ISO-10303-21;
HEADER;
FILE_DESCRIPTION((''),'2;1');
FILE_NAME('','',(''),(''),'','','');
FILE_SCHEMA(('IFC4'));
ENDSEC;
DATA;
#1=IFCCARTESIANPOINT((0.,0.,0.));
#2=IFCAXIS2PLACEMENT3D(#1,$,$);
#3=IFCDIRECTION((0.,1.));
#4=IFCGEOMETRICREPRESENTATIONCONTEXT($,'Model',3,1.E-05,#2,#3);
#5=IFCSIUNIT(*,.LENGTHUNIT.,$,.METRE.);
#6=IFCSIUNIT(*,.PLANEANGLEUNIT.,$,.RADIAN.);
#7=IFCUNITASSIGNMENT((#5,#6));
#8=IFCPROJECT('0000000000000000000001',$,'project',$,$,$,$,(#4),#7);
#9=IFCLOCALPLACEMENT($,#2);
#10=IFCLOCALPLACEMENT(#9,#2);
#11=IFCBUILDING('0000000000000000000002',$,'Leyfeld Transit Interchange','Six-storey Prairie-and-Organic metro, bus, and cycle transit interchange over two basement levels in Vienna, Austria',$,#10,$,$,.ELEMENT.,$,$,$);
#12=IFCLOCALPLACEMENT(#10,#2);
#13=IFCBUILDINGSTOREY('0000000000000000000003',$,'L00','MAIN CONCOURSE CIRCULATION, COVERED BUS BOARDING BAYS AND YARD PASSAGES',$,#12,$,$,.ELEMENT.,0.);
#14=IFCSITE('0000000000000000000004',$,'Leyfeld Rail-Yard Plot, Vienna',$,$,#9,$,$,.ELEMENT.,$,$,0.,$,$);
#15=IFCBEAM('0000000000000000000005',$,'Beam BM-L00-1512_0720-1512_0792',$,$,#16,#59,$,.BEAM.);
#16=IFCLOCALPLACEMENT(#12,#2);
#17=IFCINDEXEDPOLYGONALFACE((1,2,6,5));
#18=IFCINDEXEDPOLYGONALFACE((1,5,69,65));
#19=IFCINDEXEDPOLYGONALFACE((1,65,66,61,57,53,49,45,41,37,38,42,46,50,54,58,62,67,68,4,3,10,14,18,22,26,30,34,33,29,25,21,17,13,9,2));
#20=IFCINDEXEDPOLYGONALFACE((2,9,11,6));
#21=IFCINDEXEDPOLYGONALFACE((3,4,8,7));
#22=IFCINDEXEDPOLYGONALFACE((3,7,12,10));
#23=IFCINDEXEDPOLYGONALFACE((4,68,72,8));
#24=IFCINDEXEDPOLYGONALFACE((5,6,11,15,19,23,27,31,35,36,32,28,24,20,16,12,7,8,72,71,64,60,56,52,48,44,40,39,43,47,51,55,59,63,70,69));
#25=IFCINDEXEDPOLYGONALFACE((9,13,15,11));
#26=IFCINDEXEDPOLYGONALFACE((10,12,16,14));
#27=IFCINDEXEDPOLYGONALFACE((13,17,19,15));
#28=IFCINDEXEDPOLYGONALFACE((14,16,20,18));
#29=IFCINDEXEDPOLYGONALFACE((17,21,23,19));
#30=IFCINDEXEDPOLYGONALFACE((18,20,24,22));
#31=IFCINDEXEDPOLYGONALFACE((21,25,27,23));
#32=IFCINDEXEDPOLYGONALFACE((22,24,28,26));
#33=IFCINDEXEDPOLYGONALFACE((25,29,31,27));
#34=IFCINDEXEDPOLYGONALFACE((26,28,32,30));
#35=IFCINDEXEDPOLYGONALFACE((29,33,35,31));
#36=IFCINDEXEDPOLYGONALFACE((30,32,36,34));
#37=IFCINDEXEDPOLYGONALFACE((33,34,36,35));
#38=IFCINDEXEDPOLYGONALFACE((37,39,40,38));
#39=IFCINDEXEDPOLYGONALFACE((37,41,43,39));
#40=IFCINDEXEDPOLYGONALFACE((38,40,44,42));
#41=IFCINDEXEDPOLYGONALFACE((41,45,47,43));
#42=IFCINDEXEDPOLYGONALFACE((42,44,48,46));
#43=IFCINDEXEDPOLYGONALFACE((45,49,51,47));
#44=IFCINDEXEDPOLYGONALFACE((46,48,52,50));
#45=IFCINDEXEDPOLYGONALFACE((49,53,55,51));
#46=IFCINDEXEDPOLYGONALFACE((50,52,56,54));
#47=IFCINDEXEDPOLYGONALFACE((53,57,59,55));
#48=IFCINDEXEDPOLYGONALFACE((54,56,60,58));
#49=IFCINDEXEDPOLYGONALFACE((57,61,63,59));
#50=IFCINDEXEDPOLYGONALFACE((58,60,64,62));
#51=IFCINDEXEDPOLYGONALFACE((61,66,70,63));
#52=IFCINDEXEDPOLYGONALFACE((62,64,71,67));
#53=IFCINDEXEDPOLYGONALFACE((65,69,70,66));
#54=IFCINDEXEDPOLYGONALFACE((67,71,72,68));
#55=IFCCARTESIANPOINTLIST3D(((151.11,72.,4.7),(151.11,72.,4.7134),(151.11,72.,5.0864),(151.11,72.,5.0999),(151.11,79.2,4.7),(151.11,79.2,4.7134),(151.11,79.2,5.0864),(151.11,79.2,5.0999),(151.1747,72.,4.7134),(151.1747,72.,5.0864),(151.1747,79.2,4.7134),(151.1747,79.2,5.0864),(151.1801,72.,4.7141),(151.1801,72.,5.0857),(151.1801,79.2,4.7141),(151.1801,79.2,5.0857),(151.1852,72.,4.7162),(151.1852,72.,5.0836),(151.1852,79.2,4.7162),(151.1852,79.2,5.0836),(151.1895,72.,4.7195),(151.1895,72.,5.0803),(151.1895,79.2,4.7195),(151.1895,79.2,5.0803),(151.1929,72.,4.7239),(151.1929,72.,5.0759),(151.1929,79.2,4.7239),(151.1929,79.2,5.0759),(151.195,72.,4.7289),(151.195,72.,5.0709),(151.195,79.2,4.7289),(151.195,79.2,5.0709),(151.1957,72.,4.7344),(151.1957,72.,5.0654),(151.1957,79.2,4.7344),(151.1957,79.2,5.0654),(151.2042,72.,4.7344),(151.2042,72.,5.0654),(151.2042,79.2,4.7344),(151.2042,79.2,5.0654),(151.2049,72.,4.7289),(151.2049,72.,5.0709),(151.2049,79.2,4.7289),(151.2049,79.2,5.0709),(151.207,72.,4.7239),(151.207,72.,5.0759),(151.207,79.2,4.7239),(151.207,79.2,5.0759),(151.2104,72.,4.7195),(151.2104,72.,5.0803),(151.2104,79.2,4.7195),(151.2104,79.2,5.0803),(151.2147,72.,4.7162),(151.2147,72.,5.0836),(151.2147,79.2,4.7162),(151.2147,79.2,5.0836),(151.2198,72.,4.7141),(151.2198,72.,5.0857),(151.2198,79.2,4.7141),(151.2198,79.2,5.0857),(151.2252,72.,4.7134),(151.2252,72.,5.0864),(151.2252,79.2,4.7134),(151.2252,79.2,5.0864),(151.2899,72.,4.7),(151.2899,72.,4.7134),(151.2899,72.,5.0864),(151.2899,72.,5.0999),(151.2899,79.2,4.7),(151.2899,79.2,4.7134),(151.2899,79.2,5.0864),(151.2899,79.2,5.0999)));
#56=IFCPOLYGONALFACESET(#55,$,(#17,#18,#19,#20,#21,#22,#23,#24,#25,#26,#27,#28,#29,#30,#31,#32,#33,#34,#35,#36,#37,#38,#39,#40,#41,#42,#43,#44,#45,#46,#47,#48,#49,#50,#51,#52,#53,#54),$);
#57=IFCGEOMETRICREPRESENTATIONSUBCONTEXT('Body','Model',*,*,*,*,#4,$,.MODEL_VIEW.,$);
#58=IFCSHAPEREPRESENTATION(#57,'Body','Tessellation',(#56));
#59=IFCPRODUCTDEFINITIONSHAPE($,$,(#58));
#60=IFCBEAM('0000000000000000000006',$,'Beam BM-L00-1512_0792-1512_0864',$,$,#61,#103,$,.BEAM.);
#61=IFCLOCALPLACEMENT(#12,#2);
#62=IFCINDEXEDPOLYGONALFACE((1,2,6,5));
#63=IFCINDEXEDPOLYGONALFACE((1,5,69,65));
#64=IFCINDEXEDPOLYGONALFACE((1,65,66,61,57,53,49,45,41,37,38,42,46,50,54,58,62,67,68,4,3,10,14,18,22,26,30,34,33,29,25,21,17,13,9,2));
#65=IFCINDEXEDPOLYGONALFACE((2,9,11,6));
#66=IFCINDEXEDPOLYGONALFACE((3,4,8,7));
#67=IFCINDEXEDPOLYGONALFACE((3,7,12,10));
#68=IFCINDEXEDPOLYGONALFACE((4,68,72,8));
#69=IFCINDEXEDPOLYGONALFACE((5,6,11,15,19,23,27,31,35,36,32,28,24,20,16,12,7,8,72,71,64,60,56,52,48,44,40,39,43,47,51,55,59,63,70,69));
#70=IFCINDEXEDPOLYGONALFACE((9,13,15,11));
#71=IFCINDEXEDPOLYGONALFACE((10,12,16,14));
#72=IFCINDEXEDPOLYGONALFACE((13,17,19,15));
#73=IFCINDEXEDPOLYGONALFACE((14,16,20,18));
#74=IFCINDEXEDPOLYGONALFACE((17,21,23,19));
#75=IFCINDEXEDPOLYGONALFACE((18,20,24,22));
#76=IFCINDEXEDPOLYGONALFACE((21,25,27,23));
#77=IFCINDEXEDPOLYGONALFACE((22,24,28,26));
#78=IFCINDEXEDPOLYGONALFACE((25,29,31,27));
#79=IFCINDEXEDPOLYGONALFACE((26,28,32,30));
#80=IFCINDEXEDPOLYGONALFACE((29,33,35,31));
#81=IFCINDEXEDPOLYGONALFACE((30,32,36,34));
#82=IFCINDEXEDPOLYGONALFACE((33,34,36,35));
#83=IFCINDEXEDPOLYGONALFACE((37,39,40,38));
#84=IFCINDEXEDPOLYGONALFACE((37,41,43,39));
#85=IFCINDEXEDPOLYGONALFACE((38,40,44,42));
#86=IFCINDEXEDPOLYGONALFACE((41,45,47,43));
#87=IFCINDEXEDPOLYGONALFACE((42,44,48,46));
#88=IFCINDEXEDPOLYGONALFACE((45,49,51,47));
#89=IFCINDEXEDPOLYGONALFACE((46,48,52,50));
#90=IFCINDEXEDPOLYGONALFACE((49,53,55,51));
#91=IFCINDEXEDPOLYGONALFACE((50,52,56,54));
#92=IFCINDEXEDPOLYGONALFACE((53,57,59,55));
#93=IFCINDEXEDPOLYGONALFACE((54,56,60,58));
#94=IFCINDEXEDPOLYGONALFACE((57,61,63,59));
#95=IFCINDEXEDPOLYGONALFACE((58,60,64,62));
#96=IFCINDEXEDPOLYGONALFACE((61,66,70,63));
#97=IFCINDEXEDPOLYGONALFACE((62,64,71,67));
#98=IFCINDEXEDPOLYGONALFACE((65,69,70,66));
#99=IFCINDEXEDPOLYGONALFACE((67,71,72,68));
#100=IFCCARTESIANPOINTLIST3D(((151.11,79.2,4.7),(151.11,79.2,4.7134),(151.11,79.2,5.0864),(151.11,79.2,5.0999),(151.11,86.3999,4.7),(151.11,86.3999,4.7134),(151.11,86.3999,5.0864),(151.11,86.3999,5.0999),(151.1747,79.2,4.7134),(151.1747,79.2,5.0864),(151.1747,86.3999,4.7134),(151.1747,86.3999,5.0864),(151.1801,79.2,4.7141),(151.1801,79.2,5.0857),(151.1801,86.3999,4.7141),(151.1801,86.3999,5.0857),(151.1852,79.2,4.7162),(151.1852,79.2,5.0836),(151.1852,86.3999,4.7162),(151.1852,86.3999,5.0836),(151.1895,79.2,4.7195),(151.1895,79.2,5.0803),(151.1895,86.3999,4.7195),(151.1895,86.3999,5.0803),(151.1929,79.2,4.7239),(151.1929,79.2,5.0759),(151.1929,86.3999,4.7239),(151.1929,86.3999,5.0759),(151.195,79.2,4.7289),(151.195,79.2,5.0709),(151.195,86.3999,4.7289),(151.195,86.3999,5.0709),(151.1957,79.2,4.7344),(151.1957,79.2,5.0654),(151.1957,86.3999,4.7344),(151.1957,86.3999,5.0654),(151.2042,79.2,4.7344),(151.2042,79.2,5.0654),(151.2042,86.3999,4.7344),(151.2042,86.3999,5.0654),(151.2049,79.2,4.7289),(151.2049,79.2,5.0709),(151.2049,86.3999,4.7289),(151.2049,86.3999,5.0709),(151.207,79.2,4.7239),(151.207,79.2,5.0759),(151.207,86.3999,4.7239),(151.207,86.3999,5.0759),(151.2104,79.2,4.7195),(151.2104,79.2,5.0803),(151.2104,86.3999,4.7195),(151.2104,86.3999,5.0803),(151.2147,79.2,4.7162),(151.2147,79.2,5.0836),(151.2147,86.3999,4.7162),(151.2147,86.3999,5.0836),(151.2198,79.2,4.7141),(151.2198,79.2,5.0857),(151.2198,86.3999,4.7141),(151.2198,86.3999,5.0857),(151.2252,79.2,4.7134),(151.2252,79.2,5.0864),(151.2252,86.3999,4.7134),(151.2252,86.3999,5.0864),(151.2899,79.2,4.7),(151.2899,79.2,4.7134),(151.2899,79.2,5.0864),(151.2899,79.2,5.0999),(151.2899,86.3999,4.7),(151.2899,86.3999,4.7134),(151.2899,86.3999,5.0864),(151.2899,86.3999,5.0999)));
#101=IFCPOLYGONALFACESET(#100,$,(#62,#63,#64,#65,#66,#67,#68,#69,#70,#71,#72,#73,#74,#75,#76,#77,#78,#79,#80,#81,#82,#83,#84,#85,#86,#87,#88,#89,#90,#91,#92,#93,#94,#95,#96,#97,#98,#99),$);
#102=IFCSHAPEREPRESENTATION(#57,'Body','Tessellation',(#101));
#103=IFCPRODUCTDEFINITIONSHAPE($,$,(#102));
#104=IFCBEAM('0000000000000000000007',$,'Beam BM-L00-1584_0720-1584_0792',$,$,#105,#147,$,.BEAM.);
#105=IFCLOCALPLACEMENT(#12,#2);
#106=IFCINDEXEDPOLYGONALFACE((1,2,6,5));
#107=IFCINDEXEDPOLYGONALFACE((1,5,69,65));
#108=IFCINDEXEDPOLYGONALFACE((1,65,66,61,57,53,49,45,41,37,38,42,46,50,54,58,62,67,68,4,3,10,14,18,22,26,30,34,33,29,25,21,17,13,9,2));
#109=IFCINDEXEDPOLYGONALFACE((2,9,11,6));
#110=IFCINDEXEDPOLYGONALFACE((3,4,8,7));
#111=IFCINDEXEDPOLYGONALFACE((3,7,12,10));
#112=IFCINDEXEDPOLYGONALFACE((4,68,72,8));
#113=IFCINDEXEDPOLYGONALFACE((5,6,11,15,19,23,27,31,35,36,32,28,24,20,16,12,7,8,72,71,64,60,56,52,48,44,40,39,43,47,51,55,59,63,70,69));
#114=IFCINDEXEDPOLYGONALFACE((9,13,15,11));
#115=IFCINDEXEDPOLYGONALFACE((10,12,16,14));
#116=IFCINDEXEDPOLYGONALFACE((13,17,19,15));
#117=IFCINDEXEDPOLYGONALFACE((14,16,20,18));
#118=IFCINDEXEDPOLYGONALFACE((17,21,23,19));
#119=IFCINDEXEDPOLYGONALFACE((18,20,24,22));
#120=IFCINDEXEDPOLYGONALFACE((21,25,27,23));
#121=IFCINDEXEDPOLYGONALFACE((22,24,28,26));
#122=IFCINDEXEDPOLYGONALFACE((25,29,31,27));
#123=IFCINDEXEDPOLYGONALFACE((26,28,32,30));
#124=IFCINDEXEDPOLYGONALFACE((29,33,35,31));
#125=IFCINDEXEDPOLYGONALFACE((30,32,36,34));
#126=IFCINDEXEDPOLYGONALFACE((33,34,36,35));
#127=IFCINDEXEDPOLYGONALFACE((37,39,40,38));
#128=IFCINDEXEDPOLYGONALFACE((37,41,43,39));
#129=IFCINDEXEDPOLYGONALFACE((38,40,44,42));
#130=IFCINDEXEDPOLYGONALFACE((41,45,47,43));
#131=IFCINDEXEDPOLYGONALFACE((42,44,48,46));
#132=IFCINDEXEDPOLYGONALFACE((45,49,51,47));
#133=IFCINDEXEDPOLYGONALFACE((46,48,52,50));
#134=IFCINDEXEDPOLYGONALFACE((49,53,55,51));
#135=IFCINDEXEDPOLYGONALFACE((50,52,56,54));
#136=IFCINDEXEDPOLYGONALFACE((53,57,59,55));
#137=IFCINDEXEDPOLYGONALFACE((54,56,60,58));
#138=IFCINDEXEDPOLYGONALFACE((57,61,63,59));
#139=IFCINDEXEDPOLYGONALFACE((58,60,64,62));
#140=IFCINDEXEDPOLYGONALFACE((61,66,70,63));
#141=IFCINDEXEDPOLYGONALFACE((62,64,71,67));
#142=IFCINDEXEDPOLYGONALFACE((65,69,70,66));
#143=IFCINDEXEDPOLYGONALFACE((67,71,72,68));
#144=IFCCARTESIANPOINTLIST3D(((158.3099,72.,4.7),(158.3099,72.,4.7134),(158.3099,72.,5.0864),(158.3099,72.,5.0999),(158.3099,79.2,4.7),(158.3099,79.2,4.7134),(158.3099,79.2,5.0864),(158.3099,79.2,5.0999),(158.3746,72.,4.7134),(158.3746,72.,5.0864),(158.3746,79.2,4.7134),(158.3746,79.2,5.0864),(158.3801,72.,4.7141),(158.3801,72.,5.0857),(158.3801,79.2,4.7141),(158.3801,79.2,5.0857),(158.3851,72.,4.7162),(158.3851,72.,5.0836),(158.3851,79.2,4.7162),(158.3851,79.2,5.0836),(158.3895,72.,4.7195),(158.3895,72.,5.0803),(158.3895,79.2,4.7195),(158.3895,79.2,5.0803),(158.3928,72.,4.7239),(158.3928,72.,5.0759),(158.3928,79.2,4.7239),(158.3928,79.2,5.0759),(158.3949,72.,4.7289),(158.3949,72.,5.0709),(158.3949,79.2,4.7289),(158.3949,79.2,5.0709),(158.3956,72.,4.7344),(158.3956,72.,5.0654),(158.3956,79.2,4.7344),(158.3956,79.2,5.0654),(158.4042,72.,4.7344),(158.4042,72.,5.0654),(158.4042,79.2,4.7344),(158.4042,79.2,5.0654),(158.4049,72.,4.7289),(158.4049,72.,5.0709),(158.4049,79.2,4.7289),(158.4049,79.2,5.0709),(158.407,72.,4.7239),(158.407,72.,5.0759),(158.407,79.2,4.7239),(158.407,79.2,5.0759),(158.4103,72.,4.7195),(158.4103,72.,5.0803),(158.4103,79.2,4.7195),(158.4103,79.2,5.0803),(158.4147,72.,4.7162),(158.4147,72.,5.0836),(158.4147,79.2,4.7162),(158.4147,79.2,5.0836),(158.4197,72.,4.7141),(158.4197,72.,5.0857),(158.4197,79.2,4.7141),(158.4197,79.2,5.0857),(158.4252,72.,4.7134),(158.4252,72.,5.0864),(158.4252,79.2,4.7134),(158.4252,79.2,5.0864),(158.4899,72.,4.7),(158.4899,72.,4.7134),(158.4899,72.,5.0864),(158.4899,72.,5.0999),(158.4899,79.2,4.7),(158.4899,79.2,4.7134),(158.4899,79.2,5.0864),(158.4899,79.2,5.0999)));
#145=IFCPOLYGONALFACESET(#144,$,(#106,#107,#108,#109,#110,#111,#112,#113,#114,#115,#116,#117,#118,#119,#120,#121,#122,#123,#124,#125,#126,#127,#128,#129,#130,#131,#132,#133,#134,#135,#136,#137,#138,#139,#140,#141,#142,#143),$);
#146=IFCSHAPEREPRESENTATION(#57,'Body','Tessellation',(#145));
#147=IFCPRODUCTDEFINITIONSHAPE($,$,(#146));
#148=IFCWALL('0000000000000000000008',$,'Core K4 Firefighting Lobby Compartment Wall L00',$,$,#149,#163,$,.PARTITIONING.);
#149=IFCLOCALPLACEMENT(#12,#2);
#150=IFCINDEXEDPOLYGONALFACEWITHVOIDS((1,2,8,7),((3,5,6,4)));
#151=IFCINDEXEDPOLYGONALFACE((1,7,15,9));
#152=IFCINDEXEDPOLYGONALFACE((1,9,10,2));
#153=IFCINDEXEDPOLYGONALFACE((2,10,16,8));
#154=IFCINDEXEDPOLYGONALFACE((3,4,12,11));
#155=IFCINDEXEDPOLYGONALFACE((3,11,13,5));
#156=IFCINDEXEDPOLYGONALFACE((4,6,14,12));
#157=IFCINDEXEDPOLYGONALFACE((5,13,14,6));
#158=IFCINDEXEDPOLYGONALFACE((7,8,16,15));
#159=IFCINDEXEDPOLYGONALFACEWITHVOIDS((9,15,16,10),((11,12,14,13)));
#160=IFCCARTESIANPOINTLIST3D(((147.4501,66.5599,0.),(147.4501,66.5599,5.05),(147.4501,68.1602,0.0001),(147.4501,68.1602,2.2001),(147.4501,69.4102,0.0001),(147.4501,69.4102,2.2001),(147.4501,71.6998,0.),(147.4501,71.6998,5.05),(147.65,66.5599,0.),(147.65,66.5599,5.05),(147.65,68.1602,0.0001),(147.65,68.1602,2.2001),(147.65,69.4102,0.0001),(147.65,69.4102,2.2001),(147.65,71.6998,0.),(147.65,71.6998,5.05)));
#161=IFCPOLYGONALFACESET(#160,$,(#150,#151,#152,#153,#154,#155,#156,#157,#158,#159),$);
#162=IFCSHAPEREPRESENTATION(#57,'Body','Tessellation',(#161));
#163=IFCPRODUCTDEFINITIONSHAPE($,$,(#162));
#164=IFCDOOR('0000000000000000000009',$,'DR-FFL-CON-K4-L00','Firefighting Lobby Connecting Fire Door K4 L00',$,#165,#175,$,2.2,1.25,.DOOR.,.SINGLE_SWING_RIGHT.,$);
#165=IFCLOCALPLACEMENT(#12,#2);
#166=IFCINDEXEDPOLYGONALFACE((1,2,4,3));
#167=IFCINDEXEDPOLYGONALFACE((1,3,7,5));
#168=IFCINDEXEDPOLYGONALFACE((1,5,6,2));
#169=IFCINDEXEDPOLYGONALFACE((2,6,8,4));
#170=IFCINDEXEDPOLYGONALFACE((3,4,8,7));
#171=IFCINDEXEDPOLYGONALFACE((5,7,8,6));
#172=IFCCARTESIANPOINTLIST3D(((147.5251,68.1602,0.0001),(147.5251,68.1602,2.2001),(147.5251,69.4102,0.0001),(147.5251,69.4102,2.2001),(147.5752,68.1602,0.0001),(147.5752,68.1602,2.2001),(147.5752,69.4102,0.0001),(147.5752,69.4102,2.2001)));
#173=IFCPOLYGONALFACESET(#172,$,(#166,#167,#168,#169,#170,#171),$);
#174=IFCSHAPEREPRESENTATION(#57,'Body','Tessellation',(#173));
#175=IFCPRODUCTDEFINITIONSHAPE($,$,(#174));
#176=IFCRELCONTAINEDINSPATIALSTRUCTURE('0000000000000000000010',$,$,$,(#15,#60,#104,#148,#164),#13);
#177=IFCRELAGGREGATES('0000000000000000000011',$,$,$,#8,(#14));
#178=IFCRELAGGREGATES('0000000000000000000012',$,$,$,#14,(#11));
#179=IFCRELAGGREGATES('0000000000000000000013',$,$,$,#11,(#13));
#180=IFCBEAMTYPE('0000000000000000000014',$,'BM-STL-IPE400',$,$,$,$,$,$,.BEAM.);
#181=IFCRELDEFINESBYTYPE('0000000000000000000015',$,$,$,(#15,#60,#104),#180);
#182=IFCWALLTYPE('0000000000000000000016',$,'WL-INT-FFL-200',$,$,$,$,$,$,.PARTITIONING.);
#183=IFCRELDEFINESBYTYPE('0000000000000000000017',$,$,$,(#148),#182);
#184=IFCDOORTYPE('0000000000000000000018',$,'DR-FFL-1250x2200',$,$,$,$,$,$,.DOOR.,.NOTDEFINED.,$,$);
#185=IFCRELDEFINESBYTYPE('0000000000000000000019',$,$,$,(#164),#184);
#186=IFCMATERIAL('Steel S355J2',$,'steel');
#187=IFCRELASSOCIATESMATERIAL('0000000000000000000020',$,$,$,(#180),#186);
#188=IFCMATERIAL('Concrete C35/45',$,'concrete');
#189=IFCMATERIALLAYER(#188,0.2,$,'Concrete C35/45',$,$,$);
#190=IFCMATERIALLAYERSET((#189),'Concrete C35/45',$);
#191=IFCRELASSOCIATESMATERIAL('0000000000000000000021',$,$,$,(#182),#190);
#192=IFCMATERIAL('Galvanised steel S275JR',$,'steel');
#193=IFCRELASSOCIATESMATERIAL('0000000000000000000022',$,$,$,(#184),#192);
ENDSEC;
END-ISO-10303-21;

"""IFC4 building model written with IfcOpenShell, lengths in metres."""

from ifc_helpers import new_model, si_unit, direction, frame, frame_2d, origin, origin_2d, place, context, subcontext, project, spatial, rectangle, i_section, extrude, material, layer, layer_set, material_profile, profile_set, type_object, element, fill, save


model = new_model("IFC4")

# Units and contexts
model_context = context("Model", 3, precision=1e-05, world=origin(), true_north=direction((0.0, 1.0)))
body_context = subcontext(model_context, "Body", "Model", "MODEL_VIEW")
ifc_project = project(units=[si_unit("LENGTHUNIT", "METRE"), si_unit("PLANEANGLEUNIT", "RADIAN")], contexts=[model_context])

# Site, building, storey
site_placement = place(None, origin())
site = spatial("IfcSite", under=ifc_project, at=site_placement, Name="Leyfeld Rail-Yard Plot, Vienna", CompositionType="ELEMENT", RefElevation=0.0)
building_placement = place(site_placement, origin())
building = spatial("IfcBuilding", under=site, at=building_placement, Name="Leyfeld Transit Interchange", Description="Six-storey Prairie-and-Organic metro, bus, and cycle transit interchange over two basement levels in Vienna, Austria", CompositionType="ELEMENT")
storey_placement = place(building_placement, origin())
storey = spatial("IfcBuildingStorey", under=building, at=storey_placement, Name="L00", Description="MAIN CONCOURSE CIRCULATION, COVERED BUS BOARDING BAYS AND YARD PASSAGES", CompositionType="ELEMENT", Elevation=0.0)

# Shared definitions
ifc_material_1 = material(Name="Concrete C35/45", Category="concrete")

# Beams
ifc_material_2 = material(Name="Steel S355J2", Category="steel")
ifc_material_profile_1 = material_profile(ifc_material_2, i_section(OverallWidth=0.1799, OverallDepth=0.3999, WebThickness=0.0085, FlangeThickness=0.0134, FilletRadius=0.021, at=origin_2d()), Name="IPE 400")
ifc_profile_set_1 = profile_set([ifc_material_profile_1], Name="Steel S355J2")
beam_type_1 = type_object("IfcBeamType", Name="BM-STL-IPE400", PredefinedType="BEAM", material=ifc_profile_set_1)
for number, where, z_axis, x_axis, name in (
    (1, (151.2, 72.0, 4.8999), (0.0, 1.0, 0.0), (-1.0, 0.0, 0.0), "Beam BM-L00-1512_0720-1512_0792"),
    (2, (151.2, 79.2, 4.8999), (0.0, 1.0, 0.0), (-1.0, 0.0, 0.0), "Beam BM-L00-1512_0792-1512_0864"),
    (3, (158.3999, 72.0, 4.8999), (0.0, 1.0, 0.0), (-1.0, 0.0, 0.0), "Beam BM-L00-1584_0720-1584_0792"),
):
    element("IfcBeam", number, at=place(storey_placement, frame(where, z_axis=z_axis, x_axis=x_axis)), inside=storey, type_object=beam_type_1, Name=name, PredefinedType="BEAM", context=body_context, shape_type="SweptSolid", body=[
        extrude(i_section(OverallWidth=0.1799, OverallDepth=0.3999, WebThickness=0.0085, FlangeThickness=0.0134, FilletRadius=0.021, at=origin_2d()), origin(), (0.0, 0.0, 1.0), 7.2),
    ])

# Wall, opening, door
ifc_layer_1 = layer(ifc_material_1, 0.2, Name="Concrete C35/45")
ifc_layer_set_1 = layer_set([ifc_layer_1], Name="Concrete C35/45")
wall_type_1 = type_object("IfcWallType", Name="WL-INT-FFL-200", PredefinedType="PARTITIONING", material=ifc_layer_set_1)
wall_1_placement = place(storey_placement, frame((147.55, 66.5601, 0.0), z_axis=(0.0, 0.0, 1.0), x_axis=(0.0, 1.0, 0.0)))
wall_1 = element("IfcWall", 4, at=wall_1_placement, inside=storey, type_object=wall_type_1, Name="Core K4 Firefighting Lobby Compartment Wall L00", PredefinedType="PARTITIONING", context=body_context, shape_type="SweptSolid", body=[
    extrude(rectangle(XDim=5.1399, YDim=0.2, at=frame_2d((2.5698, 0.0))), origin(), (0.0, 0.0, 1.0), 5.05),
])
opening_1_placement = place(wall_1_placement, frame((1.6001, 0.0, 0.0)))
opening_1 = element("IfcOpeningElement", 5, at=opening_1_placement, cuts=wall_1, PredefinedType="OPENING", context=body_context, shape_type="SweptSolid", body=[
    extrude(rectangle(XDim=1.25, YDim=2.2, at=frame_2d((0.625, 1.1001))), frame((0.0, 0.1099, 0.0), z_axis=(0.0, -1.0, 0.0), x_axis=(1.0, 0.0, 0.0)), (0.0, 0.0, 1.0), 0.22),
])
ifc_material_3 = material(Name="Galvanised steel S275JR", Category="steel")
door_type_1 = type_object("IfcDoorType", Name="DR-FFL-1250x2200", OperationType="NOTDEFINED", PredefinedType="DOOR", material=ifc_material_3)
door_1_placement = place(opening_1_placement, origin())
door_1 = element("IfcDoor", 6, at=door_1_placement, inside=storey, type_object=door_type_1, Name="DR-FFL-CON-K4-L00", Description="Firefighting Lobby Connecting Fire Door K4 L00", OperationType="SINGLE_SWING_RIGHT", OverallHeight=2.2, OverallWidth=1.25, PredefinedType="DOOR", context=body_context, shape_type="SweptSolid", body=[
    extrude(rectangle(XDim=1.25, YDim=2.2, at=frame_2d((0.625, 1.1001))), frame((0.0, 0.0249, 0.0), z_axis=(0.0, -1.0, 0.0), x_axis=(1.0, 0.0, 0.0)), (0.0, 0.0, 1.0), 0.05),
])
fill(opening_1, door_1)

save(model, "model.ifc")
